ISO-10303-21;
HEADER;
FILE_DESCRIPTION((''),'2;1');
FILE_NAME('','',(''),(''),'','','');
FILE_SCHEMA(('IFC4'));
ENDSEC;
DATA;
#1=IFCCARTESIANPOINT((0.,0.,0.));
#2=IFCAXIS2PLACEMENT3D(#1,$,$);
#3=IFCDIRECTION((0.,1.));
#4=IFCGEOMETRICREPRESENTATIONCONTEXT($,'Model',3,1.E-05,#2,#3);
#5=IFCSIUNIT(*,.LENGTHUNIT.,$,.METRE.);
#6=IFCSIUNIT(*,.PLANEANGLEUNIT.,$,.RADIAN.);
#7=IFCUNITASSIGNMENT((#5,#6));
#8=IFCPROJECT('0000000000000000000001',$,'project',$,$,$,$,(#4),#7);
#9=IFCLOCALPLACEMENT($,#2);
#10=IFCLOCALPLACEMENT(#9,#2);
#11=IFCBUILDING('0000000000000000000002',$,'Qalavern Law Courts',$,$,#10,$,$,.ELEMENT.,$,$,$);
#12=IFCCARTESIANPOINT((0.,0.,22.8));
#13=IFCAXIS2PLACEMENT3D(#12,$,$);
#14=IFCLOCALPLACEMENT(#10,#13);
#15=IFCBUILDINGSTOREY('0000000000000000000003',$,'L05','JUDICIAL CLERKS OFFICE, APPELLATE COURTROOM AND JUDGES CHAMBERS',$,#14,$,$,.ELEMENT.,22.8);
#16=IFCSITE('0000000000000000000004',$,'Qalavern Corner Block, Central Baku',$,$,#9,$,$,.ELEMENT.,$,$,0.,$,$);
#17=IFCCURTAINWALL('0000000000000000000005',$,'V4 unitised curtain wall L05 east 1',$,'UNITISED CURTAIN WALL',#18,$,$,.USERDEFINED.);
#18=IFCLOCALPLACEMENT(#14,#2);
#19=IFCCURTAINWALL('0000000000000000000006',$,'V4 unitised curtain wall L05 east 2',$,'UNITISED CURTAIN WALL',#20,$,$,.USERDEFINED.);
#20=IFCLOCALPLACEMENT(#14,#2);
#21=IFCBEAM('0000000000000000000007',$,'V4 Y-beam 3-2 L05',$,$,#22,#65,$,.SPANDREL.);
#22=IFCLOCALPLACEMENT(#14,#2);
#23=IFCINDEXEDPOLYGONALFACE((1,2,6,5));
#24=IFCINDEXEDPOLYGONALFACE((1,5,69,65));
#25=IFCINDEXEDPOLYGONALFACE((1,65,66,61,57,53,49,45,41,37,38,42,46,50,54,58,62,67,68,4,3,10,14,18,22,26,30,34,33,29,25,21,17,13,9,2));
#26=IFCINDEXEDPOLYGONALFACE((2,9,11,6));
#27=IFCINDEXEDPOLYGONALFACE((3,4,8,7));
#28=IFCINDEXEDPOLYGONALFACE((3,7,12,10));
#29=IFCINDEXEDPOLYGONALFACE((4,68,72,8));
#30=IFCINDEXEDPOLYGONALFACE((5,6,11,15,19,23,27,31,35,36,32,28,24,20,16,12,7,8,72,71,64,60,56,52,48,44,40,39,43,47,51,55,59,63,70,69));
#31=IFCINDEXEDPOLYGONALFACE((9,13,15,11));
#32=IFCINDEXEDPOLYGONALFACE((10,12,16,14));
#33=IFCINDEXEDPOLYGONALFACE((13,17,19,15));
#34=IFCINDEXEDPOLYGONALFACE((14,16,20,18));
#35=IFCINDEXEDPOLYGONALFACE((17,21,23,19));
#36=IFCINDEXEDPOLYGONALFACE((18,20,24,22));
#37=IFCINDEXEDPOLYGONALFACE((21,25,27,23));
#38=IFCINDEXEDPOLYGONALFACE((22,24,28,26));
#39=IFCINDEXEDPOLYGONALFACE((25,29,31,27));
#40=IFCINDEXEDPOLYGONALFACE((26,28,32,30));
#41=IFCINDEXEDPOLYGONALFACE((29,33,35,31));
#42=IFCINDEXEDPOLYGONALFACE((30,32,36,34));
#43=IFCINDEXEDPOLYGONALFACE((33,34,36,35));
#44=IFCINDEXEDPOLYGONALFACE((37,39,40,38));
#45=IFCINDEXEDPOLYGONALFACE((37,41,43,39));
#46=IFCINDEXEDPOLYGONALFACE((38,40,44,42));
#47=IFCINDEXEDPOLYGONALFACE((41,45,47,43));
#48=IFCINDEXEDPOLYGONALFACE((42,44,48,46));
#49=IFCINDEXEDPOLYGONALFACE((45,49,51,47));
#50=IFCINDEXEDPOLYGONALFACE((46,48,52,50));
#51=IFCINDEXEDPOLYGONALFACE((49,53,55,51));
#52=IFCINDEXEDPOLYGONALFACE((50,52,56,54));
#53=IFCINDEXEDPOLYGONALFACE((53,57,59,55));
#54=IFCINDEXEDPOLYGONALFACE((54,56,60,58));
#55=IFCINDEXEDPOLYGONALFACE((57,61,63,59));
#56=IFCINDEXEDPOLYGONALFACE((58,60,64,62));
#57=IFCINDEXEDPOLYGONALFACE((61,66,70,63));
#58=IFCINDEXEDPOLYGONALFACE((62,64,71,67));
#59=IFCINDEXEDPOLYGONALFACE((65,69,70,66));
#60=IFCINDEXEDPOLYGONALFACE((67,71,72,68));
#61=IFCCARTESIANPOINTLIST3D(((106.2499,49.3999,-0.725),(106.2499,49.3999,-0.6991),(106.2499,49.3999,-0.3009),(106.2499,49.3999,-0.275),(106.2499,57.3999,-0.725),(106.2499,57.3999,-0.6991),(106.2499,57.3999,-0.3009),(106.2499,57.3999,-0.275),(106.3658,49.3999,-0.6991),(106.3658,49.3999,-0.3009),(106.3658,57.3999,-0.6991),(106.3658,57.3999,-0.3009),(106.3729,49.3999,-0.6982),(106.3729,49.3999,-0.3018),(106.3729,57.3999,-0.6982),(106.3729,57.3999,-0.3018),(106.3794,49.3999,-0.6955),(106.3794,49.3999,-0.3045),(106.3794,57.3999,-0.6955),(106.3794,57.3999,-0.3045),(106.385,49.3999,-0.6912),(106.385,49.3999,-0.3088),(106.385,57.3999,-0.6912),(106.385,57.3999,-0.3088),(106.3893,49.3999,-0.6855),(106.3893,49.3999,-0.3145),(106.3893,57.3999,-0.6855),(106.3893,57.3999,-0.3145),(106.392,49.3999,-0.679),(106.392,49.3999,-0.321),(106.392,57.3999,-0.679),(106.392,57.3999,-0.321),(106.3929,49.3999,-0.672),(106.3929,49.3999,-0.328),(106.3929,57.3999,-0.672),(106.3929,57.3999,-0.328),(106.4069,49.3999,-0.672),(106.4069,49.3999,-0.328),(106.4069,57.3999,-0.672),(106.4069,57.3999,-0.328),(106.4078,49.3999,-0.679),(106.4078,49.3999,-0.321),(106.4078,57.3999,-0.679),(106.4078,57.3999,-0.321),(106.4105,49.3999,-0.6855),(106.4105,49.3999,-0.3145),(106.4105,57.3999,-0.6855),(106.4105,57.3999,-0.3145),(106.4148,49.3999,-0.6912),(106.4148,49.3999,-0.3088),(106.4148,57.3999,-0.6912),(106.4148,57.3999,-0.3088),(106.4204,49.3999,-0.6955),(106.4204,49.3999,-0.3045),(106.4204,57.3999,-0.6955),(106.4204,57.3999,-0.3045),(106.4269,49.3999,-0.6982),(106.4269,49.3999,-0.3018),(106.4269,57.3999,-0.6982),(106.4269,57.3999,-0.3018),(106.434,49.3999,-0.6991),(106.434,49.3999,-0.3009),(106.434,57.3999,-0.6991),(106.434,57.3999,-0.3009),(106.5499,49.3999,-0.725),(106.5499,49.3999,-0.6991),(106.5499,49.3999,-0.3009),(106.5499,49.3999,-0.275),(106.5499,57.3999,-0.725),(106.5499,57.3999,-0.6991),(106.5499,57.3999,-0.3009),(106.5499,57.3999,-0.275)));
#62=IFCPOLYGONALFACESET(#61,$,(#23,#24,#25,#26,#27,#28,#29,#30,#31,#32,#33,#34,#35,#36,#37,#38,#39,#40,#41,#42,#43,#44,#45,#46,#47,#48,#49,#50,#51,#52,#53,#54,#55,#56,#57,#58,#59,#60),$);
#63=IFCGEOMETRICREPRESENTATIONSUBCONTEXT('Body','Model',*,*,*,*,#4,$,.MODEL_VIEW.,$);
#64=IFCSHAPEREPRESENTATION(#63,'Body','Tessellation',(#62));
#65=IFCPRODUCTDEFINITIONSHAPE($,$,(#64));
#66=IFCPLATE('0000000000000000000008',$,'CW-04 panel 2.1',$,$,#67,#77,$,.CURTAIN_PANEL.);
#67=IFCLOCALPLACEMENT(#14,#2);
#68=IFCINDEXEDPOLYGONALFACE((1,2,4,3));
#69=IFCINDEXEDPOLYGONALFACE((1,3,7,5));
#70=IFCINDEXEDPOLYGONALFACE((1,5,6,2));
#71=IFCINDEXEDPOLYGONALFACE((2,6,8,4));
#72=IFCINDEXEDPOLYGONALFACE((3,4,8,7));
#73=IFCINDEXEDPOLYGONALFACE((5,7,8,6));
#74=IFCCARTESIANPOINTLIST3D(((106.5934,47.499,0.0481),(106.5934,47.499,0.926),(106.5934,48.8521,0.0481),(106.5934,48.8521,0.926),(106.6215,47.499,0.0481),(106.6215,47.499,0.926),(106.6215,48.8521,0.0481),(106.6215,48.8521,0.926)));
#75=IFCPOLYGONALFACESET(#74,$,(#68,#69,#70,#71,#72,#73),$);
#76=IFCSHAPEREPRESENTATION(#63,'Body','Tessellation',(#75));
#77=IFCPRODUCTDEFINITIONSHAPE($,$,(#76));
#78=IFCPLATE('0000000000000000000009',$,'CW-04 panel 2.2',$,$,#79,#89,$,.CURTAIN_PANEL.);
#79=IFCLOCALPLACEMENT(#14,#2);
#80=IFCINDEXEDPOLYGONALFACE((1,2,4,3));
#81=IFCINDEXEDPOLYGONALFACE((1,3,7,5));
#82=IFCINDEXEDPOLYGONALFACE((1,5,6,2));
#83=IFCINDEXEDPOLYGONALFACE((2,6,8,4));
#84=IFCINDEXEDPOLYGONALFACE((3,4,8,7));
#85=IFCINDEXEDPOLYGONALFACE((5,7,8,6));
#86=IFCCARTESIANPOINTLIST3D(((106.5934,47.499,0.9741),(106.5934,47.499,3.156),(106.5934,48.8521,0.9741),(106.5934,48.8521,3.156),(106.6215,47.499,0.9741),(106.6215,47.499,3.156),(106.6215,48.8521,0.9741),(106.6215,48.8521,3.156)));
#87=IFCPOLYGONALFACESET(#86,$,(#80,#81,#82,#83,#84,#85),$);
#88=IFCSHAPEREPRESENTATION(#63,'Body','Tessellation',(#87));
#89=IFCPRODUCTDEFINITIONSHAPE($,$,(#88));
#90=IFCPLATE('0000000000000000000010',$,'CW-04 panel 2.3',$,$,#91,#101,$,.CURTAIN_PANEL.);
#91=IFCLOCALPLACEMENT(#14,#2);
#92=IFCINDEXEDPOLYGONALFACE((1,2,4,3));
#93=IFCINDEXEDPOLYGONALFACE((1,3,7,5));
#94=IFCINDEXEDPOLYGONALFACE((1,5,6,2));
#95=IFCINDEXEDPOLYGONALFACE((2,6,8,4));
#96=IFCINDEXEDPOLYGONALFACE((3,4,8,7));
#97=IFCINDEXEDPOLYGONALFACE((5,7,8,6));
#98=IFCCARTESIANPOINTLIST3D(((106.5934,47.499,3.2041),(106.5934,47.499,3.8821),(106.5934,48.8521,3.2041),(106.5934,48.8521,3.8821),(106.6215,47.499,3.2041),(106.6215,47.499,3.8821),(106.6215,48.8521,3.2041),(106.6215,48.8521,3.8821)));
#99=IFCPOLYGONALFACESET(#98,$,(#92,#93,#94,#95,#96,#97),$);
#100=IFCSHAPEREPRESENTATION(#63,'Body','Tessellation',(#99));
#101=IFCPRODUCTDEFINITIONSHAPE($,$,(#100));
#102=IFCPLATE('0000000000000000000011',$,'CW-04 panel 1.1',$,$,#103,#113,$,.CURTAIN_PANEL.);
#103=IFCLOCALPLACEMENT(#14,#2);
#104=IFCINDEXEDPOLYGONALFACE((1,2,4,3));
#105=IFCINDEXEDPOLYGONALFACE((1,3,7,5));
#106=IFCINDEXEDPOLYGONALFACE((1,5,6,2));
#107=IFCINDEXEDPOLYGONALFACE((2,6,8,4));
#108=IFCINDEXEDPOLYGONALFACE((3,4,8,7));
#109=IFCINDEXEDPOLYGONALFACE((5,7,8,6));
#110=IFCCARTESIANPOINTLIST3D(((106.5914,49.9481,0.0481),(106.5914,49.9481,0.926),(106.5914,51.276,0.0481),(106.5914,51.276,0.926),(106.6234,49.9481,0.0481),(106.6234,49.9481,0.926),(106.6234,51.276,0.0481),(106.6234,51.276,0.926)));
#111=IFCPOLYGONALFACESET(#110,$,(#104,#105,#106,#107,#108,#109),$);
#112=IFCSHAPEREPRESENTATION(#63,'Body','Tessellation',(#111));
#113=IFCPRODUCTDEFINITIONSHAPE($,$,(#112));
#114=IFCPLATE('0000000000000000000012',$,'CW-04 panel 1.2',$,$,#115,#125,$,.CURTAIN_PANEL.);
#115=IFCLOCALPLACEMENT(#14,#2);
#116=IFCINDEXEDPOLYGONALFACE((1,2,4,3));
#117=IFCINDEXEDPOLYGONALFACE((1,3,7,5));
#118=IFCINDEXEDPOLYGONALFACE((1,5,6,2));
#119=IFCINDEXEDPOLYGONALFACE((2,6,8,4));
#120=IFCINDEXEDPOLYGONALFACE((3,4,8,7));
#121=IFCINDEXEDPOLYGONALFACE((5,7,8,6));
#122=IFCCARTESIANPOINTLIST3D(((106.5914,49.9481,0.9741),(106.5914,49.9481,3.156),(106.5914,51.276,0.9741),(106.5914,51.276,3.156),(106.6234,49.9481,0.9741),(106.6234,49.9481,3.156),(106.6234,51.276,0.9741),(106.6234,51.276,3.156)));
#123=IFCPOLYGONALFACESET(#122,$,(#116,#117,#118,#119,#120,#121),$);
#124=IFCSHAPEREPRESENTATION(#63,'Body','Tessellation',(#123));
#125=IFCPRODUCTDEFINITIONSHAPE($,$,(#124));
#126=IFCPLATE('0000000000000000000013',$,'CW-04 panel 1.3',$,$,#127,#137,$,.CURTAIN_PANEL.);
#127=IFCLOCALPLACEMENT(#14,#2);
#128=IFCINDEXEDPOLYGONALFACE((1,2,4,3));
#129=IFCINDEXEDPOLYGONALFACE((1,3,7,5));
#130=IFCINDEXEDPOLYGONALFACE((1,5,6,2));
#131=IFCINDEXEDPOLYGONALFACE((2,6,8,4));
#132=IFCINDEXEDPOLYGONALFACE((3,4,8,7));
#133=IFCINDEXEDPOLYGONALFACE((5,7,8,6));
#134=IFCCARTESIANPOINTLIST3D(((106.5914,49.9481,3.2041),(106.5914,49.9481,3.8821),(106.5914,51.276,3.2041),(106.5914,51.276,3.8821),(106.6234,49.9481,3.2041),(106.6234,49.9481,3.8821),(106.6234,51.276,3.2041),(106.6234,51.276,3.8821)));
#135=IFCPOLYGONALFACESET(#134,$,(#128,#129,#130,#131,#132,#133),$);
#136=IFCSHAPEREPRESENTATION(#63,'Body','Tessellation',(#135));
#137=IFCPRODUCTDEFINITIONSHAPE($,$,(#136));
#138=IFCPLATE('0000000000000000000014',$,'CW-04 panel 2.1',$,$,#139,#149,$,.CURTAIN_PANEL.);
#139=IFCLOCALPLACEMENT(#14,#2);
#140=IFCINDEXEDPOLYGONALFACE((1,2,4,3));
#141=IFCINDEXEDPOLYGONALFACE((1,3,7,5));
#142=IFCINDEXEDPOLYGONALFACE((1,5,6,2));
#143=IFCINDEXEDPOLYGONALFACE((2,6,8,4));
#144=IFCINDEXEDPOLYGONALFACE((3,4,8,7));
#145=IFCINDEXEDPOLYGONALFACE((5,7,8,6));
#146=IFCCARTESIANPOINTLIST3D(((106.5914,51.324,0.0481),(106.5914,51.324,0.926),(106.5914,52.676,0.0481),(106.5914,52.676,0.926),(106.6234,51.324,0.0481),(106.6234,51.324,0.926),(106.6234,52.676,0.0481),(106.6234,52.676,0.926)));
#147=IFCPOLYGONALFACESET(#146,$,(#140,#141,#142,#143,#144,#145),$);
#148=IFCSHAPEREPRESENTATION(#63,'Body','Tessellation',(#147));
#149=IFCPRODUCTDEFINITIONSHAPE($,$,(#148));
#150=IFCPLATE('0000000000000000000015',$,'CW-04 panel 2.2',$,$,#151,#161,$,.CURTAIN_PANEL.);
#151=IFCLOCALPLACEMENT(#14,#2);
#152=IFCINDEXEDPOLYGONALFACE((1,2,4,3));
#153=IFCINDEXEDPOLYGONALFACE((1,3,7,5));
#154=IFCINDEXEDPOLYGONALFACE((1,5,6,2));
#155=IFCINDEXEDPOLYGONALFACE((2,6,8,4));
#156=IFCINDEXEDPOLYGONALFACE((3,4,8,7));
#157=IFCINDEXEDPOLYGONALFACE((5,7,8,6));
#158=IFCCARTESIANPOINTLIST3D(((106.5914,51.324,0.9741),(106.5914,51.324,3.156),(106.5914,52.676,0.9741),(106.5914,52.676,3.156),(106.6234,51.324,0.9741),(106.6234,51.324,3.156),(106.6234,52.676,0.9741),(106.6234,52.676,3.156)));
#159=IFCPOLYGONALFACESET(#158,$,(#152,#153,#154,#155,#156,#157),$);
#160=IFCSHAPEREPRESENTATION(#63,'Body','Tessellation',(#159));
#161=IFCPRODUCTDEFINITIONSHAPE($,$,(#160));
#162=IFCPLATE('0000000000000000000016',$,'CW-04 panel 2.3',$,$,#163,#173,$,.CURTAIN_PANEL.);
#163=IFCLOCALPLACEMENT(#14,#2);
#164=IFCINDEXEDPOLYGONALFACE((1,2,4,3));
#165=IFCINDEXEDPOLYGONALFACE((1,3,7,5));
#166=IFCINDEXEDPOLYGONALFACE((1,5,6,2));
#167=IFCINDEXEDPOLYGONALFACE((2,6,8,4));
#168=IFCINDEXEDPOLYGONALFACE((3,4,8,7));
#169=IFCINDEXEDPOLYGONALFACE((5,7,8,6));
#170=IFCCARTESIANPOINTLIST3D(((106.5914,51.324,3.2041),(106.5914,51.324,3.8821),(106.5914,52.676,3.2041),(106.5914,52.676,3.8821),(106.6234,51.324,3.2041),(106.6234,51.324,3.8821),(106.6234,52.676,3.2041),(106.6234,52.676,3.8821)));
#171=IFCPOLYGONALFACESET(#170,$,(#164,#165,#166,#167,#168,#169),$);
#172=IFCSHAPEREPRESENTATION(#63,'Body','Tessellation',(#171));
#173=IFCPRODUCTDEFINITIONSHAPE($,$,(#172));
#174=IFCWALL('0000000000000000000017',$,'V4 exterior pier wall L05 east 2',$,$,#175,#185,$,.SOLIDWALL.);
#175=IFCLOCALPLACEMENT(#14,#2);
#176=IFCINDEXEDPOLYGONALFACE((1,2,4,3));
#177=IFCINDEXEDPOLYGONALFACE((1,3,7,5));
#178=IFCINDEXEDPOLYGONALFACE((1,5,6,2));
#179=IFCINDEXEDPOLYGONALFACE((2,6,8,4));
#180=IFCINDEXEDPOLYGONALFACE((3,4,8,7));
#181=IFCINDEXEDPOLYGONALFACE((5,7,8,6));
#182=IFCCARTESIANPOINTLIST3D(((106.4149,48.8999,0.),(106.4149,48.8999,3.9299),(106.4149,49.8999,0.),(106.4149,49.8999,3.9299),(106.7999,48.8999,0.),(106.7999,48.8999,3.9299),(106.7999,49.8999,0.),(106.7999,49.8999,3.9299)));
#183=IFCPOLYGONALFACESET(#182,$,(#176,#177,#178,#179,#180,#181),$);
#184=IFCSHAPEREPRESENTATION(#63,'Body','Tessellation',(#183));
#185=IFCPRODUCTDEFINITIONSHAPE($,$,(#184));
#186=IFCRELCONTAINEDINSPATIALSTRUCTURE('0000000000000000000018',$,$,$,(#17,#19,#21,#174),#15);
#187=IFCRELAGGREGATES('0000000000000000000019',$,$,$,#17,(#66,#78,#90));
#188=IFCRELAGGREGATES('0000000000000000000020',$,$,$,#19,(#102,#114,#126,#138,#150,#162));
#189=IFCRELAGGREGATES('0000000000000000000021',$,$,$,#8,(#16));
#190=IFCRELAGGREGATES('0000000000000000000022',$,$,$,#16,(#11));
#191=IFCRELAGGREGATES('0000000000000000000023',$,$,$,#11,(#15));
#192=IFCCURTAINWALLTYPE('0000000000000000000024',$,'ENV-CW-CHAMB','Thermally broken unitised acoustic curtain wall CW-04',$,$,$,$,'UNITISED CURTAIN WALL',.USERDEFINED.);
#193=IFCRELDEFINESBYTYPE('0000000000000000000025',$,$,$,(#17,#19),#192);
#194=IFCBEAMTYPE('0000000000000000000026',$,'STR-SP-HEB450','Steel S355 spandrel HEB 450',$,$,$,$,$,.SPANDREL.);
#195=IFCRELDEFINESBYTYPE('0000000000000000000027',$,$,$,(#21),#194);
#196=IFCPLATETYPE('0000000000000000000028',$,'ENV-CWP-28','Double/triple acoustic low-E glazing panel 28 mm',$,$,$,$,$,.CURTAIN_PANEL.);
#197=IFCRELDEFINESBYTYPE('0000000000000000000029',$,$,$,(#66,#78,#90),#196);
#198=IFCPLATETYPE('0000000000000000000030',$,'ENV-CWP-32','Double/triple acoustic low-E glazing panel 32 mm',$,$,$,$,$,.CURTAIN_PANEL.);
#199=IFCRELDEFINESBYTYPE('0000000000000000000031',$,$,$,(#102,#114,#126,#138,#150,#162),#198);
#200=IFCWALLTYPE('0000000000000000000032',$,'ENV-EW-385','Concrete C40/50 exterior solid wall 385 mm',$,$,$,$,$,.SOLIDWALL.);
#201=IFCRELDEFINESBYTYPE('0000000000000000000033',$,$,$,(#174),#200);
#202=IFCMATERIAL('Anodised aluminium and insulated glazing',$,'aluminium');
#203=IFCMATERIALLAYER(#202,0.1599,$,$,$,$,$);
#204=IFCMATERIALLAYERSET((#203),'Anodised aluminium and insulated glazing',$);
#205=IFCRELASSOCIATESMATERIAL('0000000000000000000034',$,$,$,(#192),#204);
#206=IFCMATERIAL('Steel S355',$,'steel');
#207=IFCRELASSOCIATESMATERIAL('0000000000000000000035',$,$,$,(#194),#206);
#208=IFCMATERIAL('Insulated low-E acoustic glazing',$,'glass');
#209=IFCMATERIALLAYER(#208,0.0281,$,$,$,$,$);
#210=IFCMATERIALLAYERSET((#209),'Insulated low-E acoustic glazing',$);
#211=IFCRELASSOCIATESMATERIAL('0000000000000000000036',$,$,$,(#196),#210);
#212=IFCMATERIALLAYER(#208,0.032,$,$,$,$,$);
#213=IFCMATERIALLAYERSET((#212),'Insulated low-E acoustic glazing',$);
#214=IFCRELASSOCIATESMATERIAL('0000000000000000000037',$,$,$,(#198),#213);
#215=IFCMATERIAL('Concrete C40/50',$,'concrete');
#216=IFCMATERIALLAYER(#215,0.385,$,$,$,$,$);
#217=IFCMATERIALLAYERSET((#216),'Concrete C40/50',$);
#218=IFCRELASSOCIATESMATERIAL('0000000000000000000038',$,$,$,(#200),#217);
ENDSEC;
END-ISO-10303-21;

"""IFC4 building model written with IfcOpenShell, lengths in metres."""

from ifc_helpers import new_model, si_unit, direction, frame, frame_2d, origin, origin_2d, place, context, subcontext, project, spatial, rectangle, i_section, extrude, material, layer, layer_set, material_profile, profile_set, type_object, element, aggregate, save


model = new_model("IFC4")

# Units and contexts
model_context = context("Model", 3, precision=1e-05, world=origin(), true_north=direction((0.0, 1.0)))
body_context = subcontext(model_context, "Body", "Model", "MODEL_VIEW")
ifc_project = project(units=[si_unit("LENGTHUNIT", "METRE"), si_unit("PLANEANGLEUNIT", "RADIAN")], contexts=[model_context])

# Site, building, storey
site_placement = place(None, origin())
site = spatial("IfcSite", under=ifc_project, at=site_placement, Name="Qalavern Corner Block, Central Baku", CompositionType="ELEMENT", RefElevation=0.0)
building_placement = place(site_placement, origin())
building = spatial("IfcBuilding", under=site, at=building_placement, Name="Qalavern Law Courts", CompositionType="ELEMENT")
storey_placement = place(building_placement, frame((0.0, 0.0, 22.8)))
storey = spatial("IfcBuildingStorey", under=building, at=storey_placement, Name="L05", Description="JUDICIAL CLERKS OFFICE, APPELLATE COURTROOM AND JUDGES CHAMBERS", CompositionType="ELEMENT", Elevation=22.8)

# Curtain wall
ifc_material_1 = material(Name="Anodised aluminium and insulated glazing", Category="aluminium")
ifc_layer_1 = layer(ifc_material_1, 0.1599)
ifc_layer_set_1 = layer_set([ifc_layer_1], Name="Anodised aluminium and insulated glazing")
curtain_wall_type = type_object("IfcCurtainWallType", Name="ENV-CW-CHAMB", Description="Thermally broken unitised acoustic curtain wall CW-04", ElementType="UNITISED CURTAIN WALL", PredefinedType="USERDEFINED", material=ifc_layer_set_1)
curtain_wall_1_placement = place(storey_placement, origin())
curtain_wall_1 = element("IfcCurtainWall", 1, at=curtain_wall_1_placement, inside=storey, type_object=curtain_wall_type, Name="V4 unitised curtain wall L05 east 1", ObjectType="UNITISED CURTAIN WALL", PredefinedType="USERDEFINED")

# Curtain wall
curtain_wall_2_placement = place(storey_placement, origin())
curtain_wall_2 = element("IfcCurtainWall", 2, at=curtain_wall_2_placement, inside=storey, type_object=curtain_wall_type, Name="V4 unitised curtain wall L05 east 2", ObjectType="UNITISED CURTAIN WALL", PredefinedType="USERDEFINED")

# Beam
ifc_material_2 = material(Name="Steel S355", Category="steel")
ifc_material_profile_1 = material_profile(ifc_material_2, i_section(OverallWidth=0.3, OverallDepth=0.45, WebThickness=0.0139, FlangeThickness=0.0259, FilletRadius=0.0271, at=origin_2d()), Name="HEB 450")
ifc_profile_set_1 = profile_set([ifc_material_profile_1], Name="Steel S355")
beam_type = type_object("IfcBeamType", Name="STR-SP-HEB450", Description="Steel S355 spandrel HEB 450", PredefinedType="SPANDREL", material=ifc_profile_set_1)
beam_placement = place(storey_placement, frame((106.3999, 49.3999, -0.5), z_axis=(0.0, 1.0, 0.0), x_axis=(-1.0, 0.0, 0.0)))
element("IfcBeam", 3, at=beam_placement, inside=storey, type_object=beam_type, Name="V4 Y-beam 3-2 L05", PredefinedType="SPANDREL", context=body_context, shape_type="SweptSolid", body=[
    extrude(i_section(OverallWidth=0.3, OverallDepth=0.45, WebThickness=0.0139, FlangeThickness=0.0259, FilletRadius=0.0271, at=origin_2d()), origin(), (0.0, 0.0, 1.0), 8.0),
])

# Plates
ifc_material_3 = material(Name="Insulated low-E acoustic glazing", Category="glass")
ifc_layer_2 = layer(ifc_material_3, 0.0281)
ifc_layer_set_2 = layer_set([ifc_layer_2], Name="Insulated low-E acoustic glazing")
plate_type_1 = type_object("IfcPlateType", Name="ENV-CWP-28", Description="Double/triple acoustic low-E glazing panel 28 mm", PredefinedType="CURTAIN_PANEL", material=ifc_layer_set_2)
plate_1_placement = place(storey_placement, frame((106.6074, 48.1755, 0.0481), z_axis=(0.0, 0.0, 1.0), x_axis=(0.0, 1.0, 0.0)))
plate_1 = element("IfcPlate", 4, at=plate_1_placement, type_object=plate_type_1, Name="CW-04 panel 2.1", PredefinedType="CURTAIN_PANEL", context=body_context, shape_type="SweptSolid", body=[
    extrude(rectangle(XDim=1.353, YDim=0.0281, at=origin_2d()), origin(), (0.0, 0.0, 1.0), 0.8779),
])
plate_2_placement = place(storey_placement, frame((106.6074, 48.1755, 0.9741), z_axis=(0.0, 0.0, 1.0), x_axis=(0.0, 1.0, 0.0)))
plate_2 = element("IfcPlate", 5, at=plate_2_placement, type_object=plate_type_1, Name="CW-04 panel 2.2", PredefinedType="CURTAIN_PANEL", context=body_context, shape_type="SweptSolid", body=[
    extrude(rectangle(XDim=1.353, YDim=0.0281, at=origin_2d()), origin(), (0.0, 0.0, 1.0), 2.1819),
])
plate_3_placement = place(storey_placement, frame((106.6074, 48.1755, 3.2041), z_axis=(0.0, 0.0, 1.0), x_axis=(0.0, 1.0, 0.0)))
plate_3 = element("IfcPlate", 6, at=plate_3_placement, type_object=plate_type_1, Name="CW-04 panel 2.3", PredefinedType="CURTAIN_PANEL", context=body_context, shape_type="SweptSolid", body=[
    extrude(rectangle(XDim=1.353, YDim=0.0281, at=origin_2d()), origin(), (0.0, 0.0, 1.0), 0.678),
])
aggregate(curtain_wall_1, [plate_1, plate_2, plate_3])
ifc_layer_3 = layer(ifc_material_3, 0.032)
ifc_layer_set_3 = layer_set([ifc_layer_3], Name="Insulated low-E acoustic glazing")
plate_type_2 = type_object("IfcPlateType", Name="ENV-CWP-32", Description="Double/triple acoustic low-E glazing panel 32 mm", PredefinedType="CURTAIN_PANEL", material=ifc_layer_set_3)
plate_4_placement = place(storey_placement, frame((106.6074, 50.6121, 0.0481), z_axis=(0.0, 0.0, 1.0), x_axis=(0.0, 1.0, 0.0)))
plate_4 = element("IfcPlate", 7, at=plate_4_placement, type_object=plate_type_2, Name="CW-04 panel 1.1", PredefinedType="CURTAIN_PANEL", context=body_context, shape_type="SweptSolid", body=[
    extrude(rectangle(XDim=1.3279, YDim=0.032, at=origin_2d()), origin(), (0.0, 0.0, 1.0), 0.8779),
])
plate_5_placement = place(storey_placement, frame((106.6074, 50.6121, 0.9741), z_axis=(0.0, 0.0, 1.0), x_axis=(0.0, 1.0, 0.0)))
plate_5 = element("IfcPlate", 8, at=plate_5_placement, type_object=plate_type_2, Name="CW-04 panel 1.2", PredefinedType="CURTAIN_PANEL", context=body_context, shape_type="SweptSolid", body=[
    extrude(rectangle(XDim=1.3279, YDim=0.032, at=origin_2d()), origin(), (0.0, 0.0, 1.0), 2.1819),
])
plate_6_placement = place(storey_placement, frame((106.6074, 50.6121, 3.2041), z_axis=(0.0, 0.0, 1.0), x_axis=(0.0, 1.0, 0.0)))
plate_6 = element("IfcPlate", 9, at=plate_6_placement, type_object=plate_type_2, Name="CW-04 panel 1.3", PredefinedType="CURTAIN_PANEL", context=body_context, shape_type="SweptSolid", body=[
    extrude(rectangle(XDim=1.3279, YDim=0.032, at=origin_2d()), origin(), (0.0, 0.0, 1.0), 0.678),
])
plate_7_placement = place(storey_placement, frame((106.6074, 52.0, 0.0481), z_axis=(0.0, 0.0, 1.0), x_axis=(0.0, 1.0, 0.0)))
plate_7 = element("IfcPlate", 10, at=plate_7_placement, type_object=plate_type_2, Name="CW-04 panel 2.1", PredefinedType="CURTAIN_PANEL", context=body_context, shape_type="SweptSolid", body=[
    extrude(rectangle(XDim=1.3521, YDim=0.032, at=origin_2d()), origin(), (0.0, 0.0, 1.0), 0.8779),
])
plate_8_placement = place(storey_placement, frame((106.6074, 52.0, 0.9741), z_axis=(0.0, 0.0, 1.0), x_axis=(0.0, 1.0, 0.0)))
plate_8 = element("IfcPlate", 11, at=plate_8_placement, type_object=plate_type_2, Name="CW-04 panel 2.2", PredefinedType="CURTAIN_PANEL", context=body_context, shape_type="SweptSolid", body=[
    extrude(rectangle(XDim=1.3521, YDim=0.032, at=origin_2d()), origin(), (0.0, 0.0, 1.0), 2.1819),
])
plate_9_placement = place(storey_placement, frame((106.6074, 52.0, 3.2041), z_axis=(0.0, 0.0, 1.0), x_axis=(0.0, 1.0, 0.0)))
plate_9 = element("IfcPlate", 12, at=plate_9_placement, type_object=plate_type_2, Name="CW-04 panel 2.3", PredefinedType="CURTAIN_PANEL", context=body_context, shape_type="SweptSolid", body=[
    extrude(rectangle(XDim=1.3521, YDim=0.032, at=origin_2d()), origin(), (0.0, 0.0, 1.0), 0.678),
])
aggregate(curtain_wall_2, [plate_4, plate_5, plate_6, plate_7, plate_8, plate_9])

# Wall
ifc_material_4 = material(Name="Concrete C40/50", Category="concrete")
ifc_layer_4 = layer(ifc_material_4, 0.385)
ifc_layer_set_4 = layer_set([ifc_layer_4], Name="Concrete C40/50")
wall_type_1 = type_object("IfcWallType", Name="ENV-EW-385", Description="Concrete C40/50 exterior solid wall 385 mm", PredefinedType="SOLIDWALL", material=ifc_layer_set_4)
wall_1_placement = place(storey_placement, frame((106.6074, 48.8999, 0.0), z_axis=(0.0, 0.0, 1.0), x_axis=(0.0, 1.0, 0.0)))
element("IfcWall", 13, at=wall_1_placement, inside=storey, type_object=wall_type_1, Name="V4 exterior pier wall L05 east 2", PredefinedType="SOLIDWALL", context=body_context, shape_type="SweptSolid", body=[
    extrude(rectangle(XDim=1.0, YDim=0.385, at=frame_2d((0.5, 0.0))), origin(), (0.0, 0.0, 1.0), 3.9299),
])

save(model, "model.ifc")
